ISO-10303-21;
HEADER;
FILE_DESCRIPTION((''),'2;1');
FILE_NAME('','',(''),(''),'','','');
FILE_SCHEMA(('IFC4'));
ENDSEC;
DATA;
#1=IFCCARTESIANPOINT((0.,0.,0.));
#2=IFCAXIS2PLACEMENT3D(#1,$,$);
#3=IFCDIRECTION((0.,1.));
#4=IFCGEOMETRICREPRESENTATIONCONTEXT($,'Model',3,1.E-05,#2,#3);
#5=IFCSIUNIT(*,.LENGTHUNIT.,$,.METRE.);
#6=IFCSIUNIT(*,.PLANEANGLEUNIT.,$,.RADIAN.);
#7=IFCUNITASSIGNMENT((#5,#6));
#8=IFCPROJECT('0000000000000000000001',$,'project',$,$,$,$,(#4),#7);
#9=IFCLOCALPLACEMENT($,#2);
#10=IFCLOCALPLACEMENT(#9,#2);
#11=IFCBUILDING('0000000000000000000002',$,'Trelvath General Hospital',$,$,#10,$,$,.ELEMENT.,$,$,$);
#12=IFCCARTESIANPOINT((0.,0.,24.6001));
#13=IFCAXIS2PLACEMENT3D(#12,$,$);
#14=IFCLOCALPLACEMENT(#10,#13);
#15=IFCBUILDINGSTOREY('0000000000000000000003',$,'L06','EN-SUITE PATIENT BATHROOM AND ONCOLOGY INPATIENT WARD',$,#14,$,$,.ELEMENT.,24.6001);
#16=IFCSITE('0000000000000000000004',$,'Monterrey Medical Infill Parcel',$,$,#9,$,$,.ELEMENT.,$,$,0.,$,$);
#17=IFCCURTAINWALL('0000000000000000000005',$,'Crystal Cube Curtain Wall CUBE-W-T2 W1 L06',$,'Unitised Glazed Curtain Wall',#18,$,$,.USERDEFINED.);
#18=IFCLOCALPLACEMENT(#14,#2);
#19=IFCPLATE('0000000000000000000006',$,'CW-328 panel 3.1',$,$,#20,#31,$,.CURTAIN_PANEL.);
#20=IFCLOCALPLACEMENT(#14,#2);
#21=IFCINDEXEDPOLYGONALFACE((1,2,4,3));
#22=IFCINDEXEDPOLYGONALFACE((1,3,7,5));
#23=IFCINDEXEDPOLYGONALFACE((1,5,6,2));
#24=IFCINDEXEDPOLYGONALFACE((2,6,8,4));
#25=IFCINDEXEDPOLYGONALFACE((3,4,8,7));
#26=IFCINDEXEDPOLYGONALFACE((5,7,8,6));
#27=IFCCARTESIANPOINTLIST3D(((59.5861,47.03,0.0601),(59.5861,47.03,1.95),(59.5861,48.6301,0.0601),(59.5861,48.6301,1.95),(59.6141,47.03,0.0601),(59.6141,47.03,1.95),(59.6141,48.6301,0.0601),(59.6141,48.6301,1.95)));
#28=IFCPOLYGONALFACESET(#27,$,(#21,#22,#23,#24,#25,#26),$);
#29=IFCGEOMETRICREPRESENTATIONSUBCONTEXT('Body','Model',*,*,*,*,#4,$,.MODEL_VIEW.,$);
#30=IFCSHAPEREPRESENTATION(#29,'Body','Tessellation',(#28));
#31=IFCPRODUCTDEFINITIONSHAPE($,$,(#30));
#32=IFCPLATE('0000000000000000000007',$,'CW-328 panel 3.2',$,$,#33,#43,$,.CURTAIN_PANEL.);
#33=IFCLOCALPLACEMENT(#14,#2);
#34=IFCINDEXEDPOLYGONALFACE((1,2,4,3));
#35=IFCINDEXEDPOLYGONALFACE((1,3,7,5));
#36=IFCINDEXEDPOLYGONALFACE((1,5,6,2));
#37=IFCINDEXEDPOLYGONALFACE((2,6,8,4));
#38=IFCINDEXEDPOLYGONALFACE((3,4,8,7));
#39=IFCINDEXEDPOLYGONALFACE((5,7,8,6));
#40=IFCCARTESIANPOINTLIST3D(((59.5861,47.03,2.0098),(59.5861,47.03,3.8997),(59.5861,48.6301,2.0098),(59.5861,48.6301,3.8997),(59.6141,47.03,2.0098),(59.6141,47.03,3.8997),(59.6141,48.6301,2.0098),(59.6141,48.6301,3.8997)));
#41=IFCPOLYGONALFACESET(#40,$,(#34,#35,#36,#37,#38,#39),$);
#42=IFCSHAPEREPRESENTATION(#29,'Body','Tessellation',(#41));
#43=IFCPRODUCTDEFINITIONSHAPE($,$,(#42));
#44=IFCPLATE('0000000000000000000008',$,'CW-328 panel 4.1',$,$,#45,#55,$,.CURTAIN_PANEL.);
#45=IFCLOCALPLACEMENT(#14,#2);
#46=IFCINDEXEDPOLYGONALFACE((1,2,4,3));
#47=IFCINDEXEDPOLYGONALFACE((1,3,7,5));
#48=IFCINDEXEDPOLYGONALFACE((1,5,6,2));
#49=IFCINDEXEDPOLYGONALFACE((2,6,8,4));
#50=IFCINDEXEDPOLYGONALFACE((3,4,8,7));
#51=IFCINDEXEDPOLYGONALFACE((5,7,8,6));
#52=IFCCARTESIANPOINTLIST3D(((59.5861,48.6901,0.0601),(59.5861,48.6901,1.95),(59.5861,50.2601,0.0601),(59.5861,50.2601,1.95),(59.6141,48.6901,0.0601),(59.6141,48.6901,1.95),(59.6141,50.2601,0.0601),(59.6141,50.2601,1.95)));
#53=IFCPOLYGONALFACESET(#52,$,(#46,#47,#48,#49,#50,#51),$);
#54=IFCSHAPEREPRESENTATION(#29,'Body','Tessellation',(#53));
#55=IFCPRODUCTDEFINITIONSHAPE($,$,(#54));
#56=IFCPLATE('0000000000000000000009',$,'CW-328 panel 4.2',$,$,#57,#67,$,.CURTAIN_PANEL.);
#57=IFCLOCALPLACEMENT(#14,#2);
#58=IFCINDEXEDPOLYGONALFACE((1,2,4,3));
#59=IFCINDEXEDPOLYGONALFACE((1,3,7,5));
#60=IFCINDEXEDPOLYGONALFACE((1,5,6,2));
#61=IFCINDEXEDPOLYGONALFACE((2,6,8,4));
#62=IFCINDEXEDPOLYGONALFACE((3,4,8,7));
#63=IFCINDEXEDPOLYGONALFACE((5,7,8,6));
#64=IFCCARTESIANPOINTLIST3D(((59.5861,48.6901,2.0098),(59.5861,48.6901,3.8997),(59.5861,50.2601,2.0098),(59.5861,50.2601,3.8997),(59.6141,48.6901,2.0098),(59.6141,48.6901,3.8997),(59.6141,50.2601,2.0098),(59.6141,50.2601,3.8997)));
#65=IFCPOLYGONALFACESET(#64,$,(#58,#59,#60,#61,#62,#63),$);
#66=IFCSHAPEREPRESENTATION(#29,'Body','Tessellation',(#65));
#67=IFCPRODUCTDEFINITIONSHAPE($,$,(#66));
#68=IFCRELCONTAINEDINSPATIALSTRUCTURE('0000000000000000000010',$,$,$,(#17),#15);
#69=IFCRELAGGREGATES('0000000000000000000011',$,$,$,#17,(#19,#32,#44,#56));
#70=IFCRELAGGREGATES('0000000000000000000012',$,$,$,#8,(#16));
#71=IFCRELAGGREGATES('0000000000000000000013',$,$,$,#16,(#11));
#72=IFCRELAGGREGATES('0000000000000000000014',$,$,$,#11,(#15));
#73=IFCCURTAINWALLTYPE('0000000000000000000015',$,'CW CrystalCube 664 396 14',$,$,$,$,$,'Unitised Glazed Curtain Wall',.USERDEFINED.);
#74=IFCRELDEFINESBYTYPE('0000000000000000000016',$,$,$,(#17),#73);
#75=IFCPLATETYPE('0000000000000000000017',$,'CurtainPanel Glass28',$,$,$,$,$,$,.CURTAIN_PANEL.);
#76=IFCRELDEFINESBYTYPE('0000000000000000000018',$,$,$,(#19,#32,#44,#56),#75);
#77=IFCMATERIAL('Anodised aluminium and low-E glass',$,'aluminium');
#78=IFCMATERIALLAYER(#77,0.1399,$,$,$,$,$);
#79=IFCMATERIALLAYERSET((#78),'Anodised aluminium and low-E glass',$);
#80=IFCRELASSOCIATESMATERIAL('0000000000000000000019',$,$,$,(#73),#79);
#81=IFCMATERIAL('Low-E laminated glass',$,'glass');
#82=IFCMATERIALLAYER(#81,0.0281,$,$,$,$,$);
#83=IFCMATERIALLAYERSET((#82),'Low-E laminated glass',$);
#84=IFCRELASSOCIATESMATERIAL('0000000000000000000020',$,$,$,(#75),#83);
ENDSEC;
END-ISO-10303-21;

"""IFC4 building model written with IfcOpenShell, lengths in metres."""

from ifc_helpers import new_model, si_unit, direction, frame, origin, origin_2d, place, context, subcontext, project, spatial, rectangle, extrude, material, layer, layer_set, type_object, element, aggregate, save


model = new_model("IFC4")

# Units and contexts
model_context = context("Model", 3, precision=1e-05, world=origin(), true_north=direction((0.0, 1.0)))
body_context = subcontext(model_context, "Body", "Model", "MODEL_VIEW")
ifc_project = project(units=[si_unit("LENGTHUNIT", "METRE"), si_unit("PLANEANGLEUNIT", "RADIAN")], contexts=[model_context])

# Site, building, storey
site_placement = place(None, origin())
site = spatial("IfcSite", under=ifc_project, at=site_placement, Name="Monterrey Medical Infill Parcel", CompositionType="ELEMENT", RefElevation=0.0)
building_placement = place(site_placement, origin())
building = spatial("IfcBuilding", under=site, at=building_placement, Name="Trelvath General Hospital", CompositionType="ELEMENT")
storey_placement = place(building_placement, frame((0.0, 0.0, 24.6001)))
storey = spatial("IfcBuildingStorey", under=building, at=storey_placement, Name="L06", Description="EN-SUITE PATIENT BATHROOM AND ONCOLOGY INPATIENT WARD", CompositionType="ELEMENT", Elevation=24.6001)

# Curtain wall
ifc_material_1 = material(Name="Anodised aluminium and low-E glass", Category="aluminium")
ifc_layer_1 = layer(ifc_material_1, 0.1399)
ifc_layer_set_1 = layer_set([ifc_layer_1], Name="Anodised aluminium and low-E glass")
curtain_wall_type_1 = type_object("IfcCurtainWallType", Name="CW CrystalCube 664 396 14", ElementType="Unitised Glazed Curtain Wall", PredefinedType="USERDEFINED", material=ifc_layer_set_1)
curtain_wall_1_placement = place(storey_placement, origin())
curtain_wall_1 = element("IfcCurtainWall", 1, at=curtain_wall_1_placement, inside=storey, type_object=curtain_wall_type_1, Name="Crystal Cube Curtain Wall CUBE-W-T2 W1 L06", ObjectType="Unitised Glazed Curtain Wall", PredefinedType="USERDEFINED")

# Plates
ifc_material_2 = material(Name="Low-E laminated glass", Category="glass")
ifc_layer_2 = layer(ifc_material_2, 0.0281)
ifc_layer_set_2 = layer_set([ifc_layer_2], Name="Low-E laminated glass")
plate_type = type_object("IfcPlateType", Name="CurtainPanel Glass28", PredefinedType="CURTAIN_PANEL", material=ifc_layer_set_2)
plate_1_placement = place(storey_placement, frame((59.6001, 47.8301, 0.0601), z_axis=(0.0, 0.0, 1.0), x_axis=(0.0, 1.0, 0.0)))
plate_1 = element("IfcPlate", 2, at=plate_1_placement, type_object=plate_type, Name="CW-328 panel 3.1", PredefinedType="CURTAIN_PANEL", context=body_context, shape_type="SweptSolid", body=[
    extrude(rectangle(XDim=1.6001, YDim=0.0281, at=origin_2d()), origin(), (0.0, 0.0, 1.0), 1.8899),
])
plate_2_placement = place(storey_placement, frame((59.6001, 47.8301, 2.0098), z_axis=(0.0, 0.0, 1.0), x_axis=(0.0, 1.0, 0.0)))
plate_2 = element("IfcPlate", 3, at=plate_2_placement, type_object=plate_type, Name="CW-328 panel 3.2", PredefinedType="CURTAIN_PANEL", context=body_context, shape_type="SweptSolid", body=[
    extrude(rectangle(XDim=1.6001, YDim=0.0281, at=origin_2d()), origin(), (0.0, 0.0, 1.0), 1.8899),
])
plate_3_placement = place(storey_placement, frame((59.6001, 49.4751, 0.0601), z_axis=(0.0, 0.0, 1.0), x_axis=(0.0, 1.0, 0.0)))
plate_3 = element("IfcPlate", 4, at=plate_3_placement, type_object=plate_type, Name="CW-328 panel 4.1", PredefinedType="CURTAIN_PANEL", context=body_context, shape_type="SweptSolid", body=[
    extrude(rectangle(XDim=1.5701, YDim=0.0281, at=origin_2d()), origin(), (0.0, 0.0, 1.0), 1.8899),
])
plate_4_placement = place(storey_placement, frame((59.6001, 49.4751, 2.0098), z_axis=(0.0, 0.0, 1.0), x_axis=(0.0, 1.0, 0.0)))
plate_4 = element("IfcPlate", 5, at=plate_4_placement, type_object=plate_type, Name="CW-328 panel 4.2", PredefinedType="CURTAIN_PANEL", context=body_context, shape_type="SweptSolid", body=[
    extrude(rectangle(XDim=1.5701, YDim=0.0281, at=origin_2d()), origin(), (0.0, 0.0, 1.0), 1.8899),
])
aggregate(curtain_wall_1, [plate_1, plate_2, plate_3, plate_4])

save(model, "model.ifc")
